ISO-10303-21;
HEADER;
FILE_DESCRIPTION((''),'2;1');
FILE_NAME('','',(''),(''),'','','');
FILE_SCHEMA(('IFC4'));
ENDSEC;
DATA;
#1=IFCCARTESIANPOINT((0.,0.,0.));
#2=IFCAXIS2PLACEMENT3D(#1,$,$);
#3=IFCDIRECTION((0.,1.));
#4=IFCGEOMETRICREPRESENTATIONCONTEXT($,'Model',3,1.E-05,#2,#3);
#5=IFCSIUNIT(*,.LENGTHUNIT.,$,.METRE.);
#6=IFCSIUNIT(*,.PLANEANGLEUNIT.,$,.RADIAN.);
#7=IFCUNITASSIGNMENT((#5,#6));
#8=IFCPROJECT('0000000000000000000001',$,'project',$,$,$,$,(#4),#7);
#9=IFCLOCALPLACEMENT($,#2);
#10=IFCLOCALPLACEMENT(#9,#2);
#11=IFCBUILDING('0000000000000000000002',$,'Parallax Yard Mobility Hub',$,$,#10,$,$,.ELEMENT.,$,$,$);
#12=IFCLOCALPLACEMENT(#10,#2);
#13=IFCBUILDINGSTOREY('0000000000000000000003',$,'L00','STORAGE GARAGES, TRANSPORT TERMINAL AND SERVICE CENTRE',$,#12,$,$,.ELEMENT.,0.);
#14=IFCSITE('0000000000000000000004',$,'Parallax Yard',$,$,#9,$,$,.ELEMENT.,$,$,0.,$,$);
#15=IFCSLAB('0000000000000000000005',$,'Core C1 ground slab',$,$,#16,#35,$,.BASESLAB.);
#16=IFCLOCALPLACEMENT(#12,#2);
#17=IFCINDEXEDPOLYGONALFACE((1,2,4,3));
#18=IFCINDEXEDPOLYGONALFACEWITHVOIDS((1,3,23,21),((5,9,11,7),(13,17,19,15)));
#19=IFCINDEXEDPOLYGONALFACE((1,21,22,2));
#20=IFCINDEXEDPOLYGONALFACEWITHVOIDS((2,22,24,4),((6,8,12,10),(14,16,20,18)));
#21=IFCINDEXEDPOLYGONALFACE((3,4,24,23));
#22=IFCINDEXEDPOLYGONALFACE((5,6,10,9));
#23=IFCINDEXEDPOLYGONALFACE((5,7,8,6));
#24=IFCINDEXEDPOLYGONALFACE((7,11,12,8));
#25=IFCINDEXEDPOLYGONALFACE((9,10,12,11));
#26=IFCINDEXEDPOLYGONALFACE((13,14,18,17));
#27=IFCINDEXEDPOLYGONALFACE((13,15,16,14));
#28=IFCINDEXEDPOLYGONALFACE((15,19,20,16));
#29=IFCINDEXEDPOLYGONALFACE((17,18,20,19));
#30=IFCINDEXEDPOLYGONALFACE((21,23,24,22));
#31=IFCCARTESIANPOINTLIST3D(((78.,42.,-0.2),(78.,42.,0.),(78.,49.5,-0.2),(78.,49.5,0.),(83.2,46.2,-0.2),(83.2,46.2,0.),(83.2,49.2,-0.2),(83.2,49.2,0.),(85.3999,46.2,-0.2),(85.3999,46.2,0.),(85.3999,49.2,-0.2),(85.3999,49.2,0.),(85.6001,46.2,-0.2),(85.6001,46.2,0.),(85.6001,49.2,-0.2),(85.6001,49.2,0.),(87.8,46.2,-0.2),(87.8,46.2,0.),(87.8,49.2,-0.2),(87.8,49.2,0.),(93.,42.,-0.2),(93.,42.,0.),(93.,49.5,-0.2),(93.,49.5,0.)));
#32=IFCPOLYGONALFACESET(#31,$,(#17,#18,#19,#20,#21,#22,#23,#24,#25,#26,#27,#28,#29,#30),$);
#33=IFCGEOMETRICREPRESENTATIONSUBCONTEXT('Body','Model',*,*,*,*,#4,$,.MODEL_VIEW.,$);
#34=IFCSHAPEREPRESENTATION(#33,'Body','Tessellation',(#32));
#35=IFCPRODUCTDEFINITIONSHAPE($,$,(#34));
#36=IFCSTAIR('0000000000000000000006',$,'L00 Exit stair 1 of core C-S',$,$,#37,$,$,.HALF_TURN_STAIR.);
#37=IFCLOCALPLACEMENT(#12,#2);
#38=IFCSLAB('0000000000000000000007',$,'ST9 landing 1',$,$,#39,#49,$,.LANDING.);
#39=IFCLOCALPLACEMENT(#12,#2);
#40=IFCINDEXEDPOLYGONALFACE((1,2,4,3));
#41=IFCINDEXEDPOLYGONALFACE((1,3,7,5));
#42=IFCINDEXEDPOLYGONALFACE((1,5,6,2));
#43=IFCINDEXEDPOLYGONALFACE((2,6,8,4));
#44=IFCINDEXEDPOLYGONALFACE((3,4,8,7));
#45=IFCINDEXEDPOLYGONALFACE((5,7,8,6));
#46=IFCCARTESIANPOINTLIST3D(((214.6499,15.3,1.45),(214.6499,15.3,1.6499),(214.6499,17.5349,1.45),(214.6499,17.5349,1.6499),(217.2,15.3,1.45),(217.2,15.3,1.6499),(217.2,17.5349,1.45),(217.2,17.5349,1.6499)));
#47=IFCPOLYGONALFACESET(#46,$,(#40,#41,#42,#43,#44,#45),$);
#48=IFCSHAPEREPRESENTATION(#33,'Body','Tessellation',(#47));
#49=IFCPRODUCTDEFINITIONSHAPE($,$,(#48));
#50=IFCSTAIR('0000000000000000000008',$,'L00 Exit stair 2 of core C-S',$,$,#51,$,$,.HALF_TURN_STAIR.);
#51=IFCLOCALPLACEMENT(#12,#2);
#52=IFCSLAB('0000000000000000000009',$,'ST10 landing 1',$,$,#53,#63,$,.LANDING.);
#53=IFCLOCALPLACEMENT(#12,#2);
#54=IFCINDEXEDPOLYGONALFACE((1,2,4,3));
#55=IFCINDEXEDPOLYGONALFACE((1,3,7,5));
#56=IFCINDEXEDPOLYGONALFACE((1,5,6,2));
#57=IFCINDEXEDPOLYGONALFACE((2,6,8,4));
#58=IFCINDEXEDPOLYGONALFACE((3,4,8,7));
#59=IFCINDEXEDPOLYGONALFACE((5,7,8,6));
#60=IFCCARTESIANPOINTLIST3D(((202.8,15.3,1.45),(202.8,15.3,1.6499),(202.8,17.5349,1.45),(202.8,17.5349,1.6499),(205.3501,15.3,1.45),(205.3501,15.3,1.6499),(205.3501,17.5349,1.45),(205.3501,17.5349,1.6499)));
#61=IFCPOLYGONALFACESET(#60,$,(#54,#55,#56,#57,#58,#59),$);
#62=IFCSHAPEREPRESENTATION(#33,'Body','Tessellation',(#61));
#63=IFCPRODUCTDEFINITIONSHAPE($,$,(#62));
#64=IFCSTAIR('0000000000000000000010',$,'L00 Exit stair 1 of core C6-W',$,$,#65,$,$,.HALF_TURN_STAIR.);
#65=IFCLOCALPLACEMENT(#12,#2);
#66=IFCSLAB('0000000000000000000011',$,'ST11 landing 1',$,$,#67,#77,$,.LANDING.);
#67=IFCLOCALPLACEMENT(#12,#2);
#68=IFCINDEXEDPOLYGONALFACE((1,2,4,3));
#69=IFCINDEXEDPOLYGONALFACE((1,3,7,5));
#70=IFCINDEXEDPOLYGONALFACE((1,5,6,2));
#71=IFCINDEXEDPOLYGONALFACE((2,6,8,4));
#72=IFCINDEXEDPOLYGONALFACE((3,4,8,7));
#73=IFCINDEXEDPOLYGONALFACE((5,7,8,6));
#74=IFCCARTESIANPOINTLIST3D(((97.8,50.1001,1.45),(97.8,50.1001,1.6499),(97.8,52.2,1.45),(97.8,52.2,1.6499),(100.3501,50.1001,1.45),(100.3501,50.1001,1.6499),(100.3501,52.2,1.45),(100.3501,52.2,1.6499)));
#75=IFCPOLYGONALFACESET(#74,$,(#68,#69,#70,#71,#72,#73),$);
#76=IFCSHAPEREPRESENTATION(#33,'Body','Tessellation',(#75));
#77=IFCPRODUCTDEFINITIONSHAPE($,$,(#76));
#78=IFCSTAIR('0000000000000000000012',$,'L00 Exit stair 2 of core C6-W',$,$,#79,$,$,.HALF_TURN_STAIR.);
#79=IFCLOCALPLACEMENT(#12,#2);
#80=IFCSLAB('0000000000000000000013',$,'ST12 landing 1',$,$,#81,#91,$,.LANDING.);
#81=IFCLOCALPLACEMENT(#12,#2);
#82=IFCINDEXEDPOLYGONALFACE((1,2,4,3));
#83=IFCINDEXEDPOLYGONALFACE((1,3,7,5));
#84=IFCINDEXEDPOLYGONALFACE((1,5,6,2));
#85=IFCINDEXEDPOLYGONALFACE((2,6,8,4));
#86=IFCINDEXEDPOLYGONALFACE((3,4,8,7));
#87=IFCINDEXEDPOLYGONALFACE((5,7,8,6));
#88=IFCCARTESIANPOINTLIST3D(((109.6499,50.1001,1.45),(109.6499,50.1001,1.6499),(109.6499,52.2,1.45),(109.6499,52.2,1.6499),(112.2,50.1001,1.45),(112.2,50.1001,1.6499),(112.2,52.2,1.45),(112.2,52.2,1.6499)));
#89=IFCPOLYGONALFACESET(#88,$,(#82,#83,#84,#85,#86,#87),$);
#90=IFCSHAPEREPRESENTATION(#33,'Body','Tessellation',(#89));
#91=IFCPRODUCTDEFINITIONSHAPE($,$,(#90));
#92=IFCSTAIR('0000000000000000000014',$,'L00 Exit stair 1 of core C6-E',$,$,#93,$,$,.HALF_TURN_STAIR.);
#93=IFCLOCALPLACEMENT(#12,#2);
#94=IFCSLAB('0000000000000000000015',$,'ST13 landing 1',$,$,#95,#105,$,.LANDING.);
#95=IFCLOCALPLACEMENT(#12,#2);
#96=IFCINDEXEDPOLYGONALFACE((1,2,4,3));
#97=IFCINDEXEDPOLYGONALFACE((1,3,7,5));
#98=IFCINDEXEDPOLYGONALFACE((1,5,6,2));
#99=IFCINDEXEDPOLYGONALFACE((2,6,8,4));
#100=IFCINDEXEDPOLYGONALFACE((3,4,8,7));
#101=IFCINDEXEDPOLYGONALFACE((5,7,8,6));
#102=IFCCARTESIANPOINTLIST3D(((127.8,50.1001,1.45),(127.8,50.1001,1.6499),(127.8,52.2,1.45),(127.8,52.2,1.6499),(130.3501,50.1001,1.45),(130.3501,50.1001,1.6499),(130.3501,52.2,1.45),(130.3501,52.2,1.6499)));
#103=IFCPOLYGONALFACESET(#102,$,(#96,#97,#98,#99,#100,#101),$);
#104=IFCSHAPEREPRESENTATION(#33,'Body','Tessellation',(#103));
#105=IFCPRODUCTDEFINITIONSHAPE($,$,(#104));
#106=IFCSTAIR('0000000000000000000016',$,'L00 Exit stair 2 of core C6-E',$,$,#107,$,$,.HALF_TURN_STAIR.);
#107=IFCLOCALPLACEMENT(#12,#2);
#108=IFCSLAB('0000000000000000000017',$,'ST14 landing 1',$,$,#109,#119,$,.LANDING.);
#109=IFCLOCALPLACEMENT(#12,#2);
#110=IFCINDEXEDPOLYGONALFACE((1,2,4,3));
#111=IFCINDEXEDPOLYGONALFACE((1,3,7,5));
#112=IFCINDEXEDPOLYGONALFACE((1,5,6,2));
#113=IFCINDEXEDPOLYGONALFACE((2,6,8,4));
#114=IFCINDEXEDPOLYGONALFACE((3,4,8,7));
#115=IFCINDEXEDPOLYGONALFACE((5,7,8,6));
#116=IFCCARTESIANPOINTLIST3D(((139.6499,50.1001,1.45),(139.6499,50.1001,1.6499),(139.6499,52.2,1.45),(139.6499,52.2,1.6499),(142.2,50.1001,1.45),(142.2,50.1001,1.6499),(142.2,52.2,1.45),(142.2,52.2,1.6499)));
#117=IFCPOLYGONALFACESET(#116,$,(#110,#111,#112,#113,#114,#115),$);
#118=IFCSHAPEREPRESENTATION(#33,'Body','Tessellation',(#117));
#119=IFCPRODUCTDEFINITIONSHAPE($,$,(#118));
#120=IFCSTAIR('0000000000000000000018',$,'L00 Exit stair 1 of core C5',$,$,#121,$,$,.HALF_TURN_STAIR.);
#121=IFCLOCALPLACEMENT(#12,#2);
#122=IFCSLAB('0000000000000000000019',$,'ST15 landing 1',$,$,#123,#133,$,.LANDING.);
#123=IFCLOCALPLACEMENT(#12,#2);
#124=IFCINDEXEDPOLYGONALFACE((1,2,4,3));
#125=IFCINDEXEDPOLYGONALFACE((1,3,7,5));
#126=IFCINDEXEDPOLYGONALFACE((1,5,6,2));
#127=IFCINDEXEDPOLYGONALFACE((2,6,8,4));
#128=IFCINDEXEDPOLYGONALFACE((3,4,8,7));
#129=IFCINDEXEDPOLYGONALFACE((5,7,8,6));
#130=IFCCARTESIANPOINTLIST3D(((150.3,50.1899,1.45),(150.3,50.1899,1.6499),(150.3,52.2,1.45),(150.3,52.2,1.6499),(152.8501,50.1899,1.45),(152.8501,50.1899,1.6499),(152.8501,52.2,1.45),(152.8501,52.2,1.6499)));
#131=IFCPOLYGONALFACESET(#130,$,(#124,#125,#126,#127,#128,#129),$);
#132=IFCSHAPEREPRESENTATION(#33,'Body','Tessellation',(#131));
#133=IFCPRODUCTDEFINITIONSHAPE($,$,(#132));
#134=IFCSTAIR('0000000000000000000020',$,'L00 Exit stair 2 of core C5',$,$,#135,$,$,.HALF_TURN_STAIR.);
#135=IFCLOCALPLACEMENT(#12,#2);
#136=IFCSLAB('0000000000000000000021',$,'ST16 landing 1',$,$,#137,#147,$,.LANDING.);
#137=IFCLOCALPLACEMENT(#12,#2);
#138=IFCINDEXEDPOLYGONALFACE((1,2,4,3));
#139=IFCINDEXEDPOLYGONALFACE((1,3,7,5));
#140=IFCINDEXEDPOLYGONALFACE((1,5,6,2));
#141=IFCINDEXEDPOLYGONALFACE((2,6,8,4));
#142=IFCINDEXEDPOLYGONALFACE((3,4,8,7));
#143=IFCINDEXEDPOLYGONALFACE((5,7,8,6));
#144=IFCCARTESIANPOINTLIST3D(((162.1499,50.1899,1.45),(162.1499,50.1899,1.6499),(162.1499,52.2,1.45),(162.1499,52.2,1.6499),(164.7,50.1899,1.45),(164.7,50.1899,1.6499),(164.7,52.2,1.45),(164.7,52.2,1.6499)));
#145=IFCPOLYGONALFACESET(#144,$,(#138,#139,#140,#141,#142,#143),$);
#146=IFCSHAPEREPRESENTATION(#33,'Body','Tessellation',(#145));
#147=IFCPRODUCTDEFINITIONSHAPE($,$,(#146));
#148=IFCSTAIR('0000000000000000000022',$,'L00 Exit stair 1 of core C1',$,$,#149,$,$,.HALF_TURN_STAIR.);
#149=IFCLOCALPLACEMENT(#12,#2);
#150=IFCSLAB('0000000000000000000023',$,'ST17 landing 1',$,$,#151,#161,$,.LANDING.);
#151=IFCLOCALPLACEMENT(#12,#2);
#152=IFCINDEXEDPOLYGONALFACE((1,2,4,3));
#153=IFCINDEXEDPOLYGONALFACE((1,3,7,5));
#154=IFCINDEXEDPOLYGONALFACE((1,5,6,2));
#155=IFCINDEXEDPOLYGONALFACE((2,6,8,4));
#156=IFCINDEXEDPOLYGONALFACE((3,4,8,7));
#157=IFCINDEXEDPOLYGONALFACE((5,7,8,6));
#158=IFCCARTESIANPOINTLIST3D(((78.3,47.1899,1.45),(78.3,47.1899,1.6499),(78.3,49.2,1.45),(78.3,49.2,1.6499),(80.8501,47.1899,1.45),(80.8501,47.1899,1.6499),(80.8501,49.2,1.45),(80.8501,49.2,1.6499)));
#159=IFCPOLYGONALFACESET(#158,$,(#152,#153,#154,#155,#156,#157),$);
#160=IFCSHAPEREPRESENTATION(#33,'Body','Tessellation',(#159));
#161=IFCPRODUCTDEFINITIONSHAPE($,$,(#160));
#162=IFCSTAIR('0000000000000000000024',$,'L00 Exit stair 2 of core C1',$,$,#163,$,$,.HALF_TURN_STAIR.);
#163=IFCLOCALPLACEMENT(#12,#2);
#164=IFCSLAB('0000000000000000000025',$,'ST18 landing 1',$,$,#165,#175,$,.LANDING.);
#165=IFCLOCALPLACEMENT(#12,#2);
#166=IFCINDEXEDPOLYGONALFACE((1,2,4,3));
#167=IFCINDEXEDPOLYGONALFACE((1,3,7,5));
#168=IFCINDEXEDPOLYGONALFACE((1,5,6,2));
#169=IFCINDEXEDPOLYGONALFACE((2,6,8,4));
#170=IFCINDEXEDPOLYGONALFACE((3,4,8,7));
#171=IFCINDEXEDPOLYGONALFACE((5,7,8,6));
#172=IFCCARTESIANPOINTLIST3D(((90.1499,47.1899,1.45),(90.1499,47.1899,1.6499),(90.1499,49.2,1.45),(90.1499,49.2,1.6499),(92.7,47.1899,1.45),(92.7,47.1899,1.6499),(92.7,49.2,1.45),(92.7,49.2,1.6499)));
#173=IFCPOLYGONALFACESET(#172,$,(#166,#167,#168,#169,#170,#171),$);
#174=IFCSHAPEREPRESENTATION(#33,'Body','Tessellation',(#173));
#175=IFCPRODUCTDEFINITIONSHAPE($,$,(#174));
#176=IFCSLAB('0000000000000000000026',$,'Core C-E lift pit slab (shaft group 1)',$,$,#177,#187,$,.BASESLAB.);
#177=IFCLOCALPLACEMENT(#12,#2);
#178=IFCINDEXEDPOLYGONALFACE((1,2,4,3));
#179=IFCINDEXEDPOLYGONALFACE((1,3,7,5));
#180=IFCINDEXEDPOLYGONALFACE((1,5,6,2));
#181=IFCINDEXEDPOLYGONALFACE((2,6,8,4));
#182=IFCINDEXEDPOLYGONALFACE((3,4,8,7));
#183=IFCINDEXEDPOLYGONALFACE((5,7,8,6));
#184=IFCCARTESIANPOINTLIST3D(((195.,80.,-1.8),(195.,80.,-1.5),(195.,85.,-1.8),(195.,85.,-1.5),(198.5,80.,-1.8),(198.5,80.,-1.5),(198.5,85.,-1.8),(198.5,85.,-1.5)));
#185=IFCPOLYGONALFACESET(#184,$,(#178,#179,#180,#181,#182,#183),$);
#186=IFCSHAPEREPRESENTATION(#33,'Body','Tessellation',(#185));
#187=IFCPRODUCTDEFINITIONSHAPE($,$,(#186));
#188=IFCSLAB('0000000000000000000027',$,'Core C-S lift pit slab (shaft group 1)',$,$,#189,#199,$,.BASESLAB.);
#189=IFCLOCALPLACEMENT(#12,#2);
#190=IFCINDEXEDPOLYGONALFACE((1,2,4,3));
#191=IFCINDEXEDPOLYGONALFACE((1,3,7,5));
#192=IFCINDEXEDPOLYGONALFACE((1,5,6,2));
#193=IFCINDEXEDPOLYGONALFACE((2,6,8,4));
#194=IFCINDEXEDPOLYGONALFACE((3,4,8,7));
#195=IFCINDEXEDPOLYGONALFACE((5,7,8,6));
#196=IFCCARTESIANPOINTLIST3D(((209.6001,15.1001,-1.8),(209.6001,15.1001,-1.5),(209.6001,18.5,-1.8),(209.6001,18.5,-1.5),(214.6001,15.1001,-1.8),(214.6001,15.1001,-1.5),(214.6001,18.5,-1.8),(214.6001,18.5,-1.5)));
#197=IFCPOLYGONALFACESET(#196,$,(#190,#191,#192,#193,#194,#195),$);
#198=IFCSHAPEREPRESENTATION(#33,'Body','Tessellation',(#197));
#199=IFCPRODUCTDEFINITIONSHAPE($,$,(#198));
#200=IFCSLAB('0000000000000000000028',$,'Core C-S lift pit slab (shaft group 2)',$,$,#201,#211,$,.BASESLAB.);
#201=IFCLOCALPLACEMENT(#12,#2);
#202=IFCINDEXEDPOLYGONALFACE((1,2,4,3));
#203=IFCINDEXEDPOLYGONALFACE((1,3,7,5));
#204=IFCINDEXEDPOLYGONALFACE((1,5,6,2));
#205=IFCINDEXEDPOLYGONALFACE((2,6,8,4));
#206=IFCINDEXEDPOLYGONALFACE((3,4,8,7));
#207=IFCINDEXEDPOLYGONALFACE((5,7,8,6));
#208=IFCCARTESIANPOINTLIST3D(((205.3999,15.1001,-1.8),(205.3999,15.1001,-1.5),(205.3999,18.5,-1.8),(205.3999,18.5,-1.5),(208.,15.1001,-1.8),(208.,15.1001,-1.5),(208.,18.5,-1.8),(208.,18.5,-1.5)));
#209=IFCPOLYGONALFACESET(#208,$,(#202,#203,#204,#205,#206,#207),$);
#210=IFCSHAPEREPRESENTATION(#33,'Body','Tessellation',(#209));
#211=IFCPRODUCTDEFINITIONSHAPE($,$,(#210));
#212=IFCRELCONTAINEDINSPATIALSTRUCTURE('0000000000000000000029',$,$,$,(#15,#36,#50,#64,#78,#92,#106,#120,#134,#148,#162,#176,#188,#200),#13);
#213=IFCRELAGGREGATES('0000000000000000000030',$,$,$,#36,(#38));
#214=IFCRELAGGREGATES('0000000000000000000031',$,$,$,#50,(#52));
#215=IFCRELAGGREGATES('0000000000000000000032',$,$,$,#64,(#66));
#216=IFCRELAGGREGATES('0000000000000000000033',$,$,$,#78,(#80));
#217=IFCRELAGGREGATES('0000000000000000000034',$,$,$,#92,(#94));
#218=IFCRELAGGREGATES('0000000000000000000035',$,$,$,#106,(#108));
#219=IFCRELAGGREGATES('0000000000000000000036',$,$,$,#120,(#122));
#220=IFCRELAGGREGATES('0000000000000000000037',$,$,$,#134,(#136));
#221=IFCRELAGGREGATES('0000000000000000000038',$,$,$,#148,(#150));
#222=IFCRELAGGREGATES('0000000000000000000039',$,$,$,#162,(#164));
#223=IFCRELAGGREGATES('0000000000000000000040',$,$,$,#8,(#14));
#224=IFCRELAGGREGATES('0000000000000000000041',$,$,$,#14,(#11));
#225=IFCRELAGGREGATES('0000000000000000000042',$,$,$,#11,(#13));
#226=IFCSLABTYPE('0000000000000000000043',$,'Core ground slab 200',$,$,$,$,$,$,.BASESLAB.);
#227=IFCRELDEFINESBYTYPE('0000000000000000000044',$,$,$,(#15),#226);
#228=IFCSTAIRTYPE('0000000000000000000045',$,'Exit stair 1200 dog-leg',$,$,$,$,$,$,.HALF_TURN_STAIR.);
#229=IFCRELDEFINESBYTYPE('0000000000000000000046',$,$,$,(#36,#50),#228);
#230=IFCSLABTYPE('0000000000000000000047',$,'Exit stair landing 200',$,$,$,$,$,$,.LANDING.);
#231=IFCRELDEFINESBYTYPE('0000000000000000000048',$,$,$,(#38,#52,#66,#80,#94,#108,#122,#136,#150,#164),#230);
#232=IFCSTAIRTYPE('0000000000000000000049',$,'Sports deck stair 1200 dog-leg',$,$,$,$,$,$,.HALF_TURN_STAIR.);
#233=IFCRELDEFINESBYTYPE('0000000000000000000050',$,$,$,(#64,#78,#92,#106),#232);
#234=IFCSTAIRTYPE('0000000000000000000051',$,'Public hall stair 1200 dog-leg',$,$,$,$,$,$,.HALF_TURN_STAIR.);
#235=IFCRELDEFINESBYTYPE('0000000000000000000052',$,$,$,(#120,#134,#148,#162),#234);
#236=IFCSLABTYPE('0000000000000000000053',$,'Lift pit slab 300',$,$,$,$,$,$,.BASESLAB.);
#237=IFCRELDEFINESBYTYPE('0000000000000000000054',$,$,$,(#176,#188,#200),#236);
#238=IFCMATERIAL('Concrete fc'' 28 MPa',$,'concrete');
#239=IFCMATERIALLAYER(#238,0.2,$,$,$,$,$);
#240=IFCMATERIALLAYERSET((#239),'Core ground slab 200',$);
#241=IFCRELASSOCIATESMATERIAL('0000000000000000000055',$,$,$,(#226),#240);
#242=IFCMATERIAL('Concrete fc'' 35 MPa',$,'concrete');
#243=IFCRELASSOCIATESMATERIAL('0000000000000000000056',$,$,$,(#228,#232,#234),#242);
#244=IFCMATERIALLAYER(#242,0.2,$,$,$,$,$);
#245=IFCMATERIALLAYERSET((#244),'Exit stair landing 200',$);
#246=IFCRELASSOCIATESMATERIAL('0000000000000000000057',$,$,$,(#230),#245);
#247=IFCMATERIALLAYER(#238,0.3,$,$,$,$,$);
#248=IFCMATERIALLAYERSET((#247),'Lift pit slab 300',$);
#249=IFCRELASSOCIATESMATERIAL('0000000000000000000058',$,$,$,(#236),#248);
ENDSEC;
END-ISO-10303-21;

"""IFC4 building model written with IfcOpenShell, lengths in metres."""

from ifc_helpers import new_model, si_unit, direction, frame, origin, place, context, subcontext, project, spatial, polyline, outline, extrude, material, layer, layer_set, type_object, element, aggregate, save


model = new_model("IFC4")

# Units and contexts
model_context = context("Model", 3, precision=1e-05, world=origin(), true_north=direction((0.0, 1.0)))
body_context = subcontext(model_context, "Body", "Model", "MODEL_VIEW")
ifc_project = project(units=[si_unit("LENGTHUNIT", "METRE"), si_unit("PLANEANGLEUNIT", "RADIAN")], contexts=[model_context])

# Site, building, storey
site_placement = place(None, origin())
site = spatial("IfcSite", under=ifc_project, at=site_placement, Name="Parallax Yard", CompositionType="ELEMENT", RefElevation=0.0)
building_placement = place(site_placement, origin())
building = spatial("IfcBuilding", under=site, at=building_placement, Name="Parallax Yard Mobility Hub", CompositionType="ELEMENT")
storey_placement = place(building_placement, origin())
storey = spatial("IfcBuildingStorey", under=building, at=storey_placement, Name="L00", Description="STORAGE GARAGES, TRANSPORT TERMINAL AND SERVICE CENTRE", CompositionType="ELEMENT", Elevation=0.0)

# Shared definitions
ifc_material_1 = material(Name="Concrete fc' 28 MPa", Category="concrete")

# Slab
ifc_layer_1 = layer(ifc_material_1, 0.2)
ifc_layer_set_1 = layer_set([ifc_layer_1], Name="Core ground slab 200")
slab_type_1 = type_object("IfcSlabType", Name="Core ground slab 200", PredefinedType="BASESLAB", material=ifc_layer_set_1)
slab_1_placement = place(storey_placement, frame((0.0, 0.0, -0.2)))
element("IfcSlab", 1, at=slab_1_placement, inside=storey, type_object=slab_type_1, Name="Core C1 ground slab", PredefinedType="BASESLAB", context=body_context, shape_type="SweptSolid", body=[
    extrude(outline(polyline([(78.0, 49.5), (93.0, 49.5), (93.0, 42.0), (78.0, 42.0), (78.0, 49.5)]), holes=[polyline([(83.2, 49.2), (83.2, 46.2), (85.3999, 46.2), (85.3999, 49.2), (83.2, 49.2)]), polyline([(87.8, 49.2), (85.6001, 49.2), (85.6001, 46.2), (87.8, 46.2), (87.8, 49.2)])]), origin(), (0.0, 0.0, 1.0), 0.2),
])

# Stairs, slabs
ifc_material_2 = material(Name="Concrete fc' 35 MPa", Category="concrete")
stair_type_1 = type_object("IfcStairType", Name="Exit stair 1200 dog-leg", PredefinedType="HALF_TURN_STAIR", material=ifc_material_2)
stair_1_placement = place(storey_placement, origin())
stair_1 = element("IfcStair", 2, at=stair_1_placement, inside=storey, type_object=stair_type_1, Name="L00 Exit stair 1 of core C-S", PredefinedType="HALF_TURN_STAIR")
ifc_layer_2 = layer(ifc_material_2, 0.2)
ifc_layer_set_2 = layer_set([ifc_layer_2], Name="Exit stair landing 200")
slab_type_2 = type_object("IfcSlabType", Name="Exit stair landing 200", PredefinedType="LANDING", material=ifc_layer_set_2)
slab_2_placement = place(storey_placement, frame((0.0, 0.0, 1.45)))
slab_2 = element("IfcSlab", 3, at=slab_2_placement, type_object=slab_type_2, Name="ST9 landing 1", PredefinedType="LANDING", context=body_context, shape_type="SweptSolid", body=[
    extrude(outline(polyline([(214.6499, 17.5349), (214.6499, 15.3), (217.2, 15.3), (217.2, 17.5349), (214.6499, 17.5349)])), origin(), (0.0, 0.0, 1.0), 0.2),
])
aggregate(stair_1, [slab_2])
stair_2_placement = place(storey_placement, origin())
stair_2 = element("IfcStair", 4, at=stair_2_placement, inside=storey, type_object=stair_type_1, Name="L00 Exit stair 2 of core C-S", PredefinedType="HALF_TURN_STAIR")
slab_3_placement = place(storey_placement, frame((0.0, 0.0, 1.45)))
slab_3 = element("IfcSlab", 5, at=slab_3_placement, type_object=slab_type_2, Name="ST10 landing 1", PredefinedType="LANDING", context=body_context, shape_type="SweptSolid", body=[
    extrude(outline(polyline([(202.8, 17.5349), (202.8, 15.3), (205.3501, 15.3), (205.3501, 17.5349), (202.8, 17.5349)])), origin(), (0.0, 0.0, 1.0), 0.2),
])
aggregate(stair_2, [slab_3])
stair_type_2 = type_object("IfcStairType", Name="Sports deck stair 1200 dog-leg", PredefinedType="HALF_TURN_STAIR", material=ifc_material_2)
stair_3_placement = place(storey_placement, origin())
stair_3 = element("IfcStair", 6, at=stair_3_placement, inside=storey, type_object=stair_type_2, Name="L00 Exit stair 1 of core C6-W", PredefinedType="HALF_TURN_STAIR")
slab_4_placement = place(storey_placement, frame((0.0, 0.0, 1.45)))
slab_4 = element("IfcSlab", 7, at=slab_4_placement, type_object=slab_type_2, Name="ST11 landing 1", PredefinedType="LANDING", context=body_context, shape_type="SweptSolid", body=[
    extrude(outline(polyline([(100.3501, 50.1001), (100.3501, 52.2), (97.8, 52.2), (97.8, 50.1001), (100.3501, 50.1001)])), origin(), (0.0, 0.0, 1.0), 0.2),
])
aggregate(stair_3, [slab_4])
stair_4_placement = place(storey_placement, origin())
stair_4 = element("IfcStair", 8, at=stair_4_placement, inside=storey, type_object=stair_type_2, Name="L00 Exit stair 2 of core C6-W", PredefinedType="HALF_TURN_STAIR")
slab_5_placement = place(storey_placement, frame((0.0, 0.0, 1.45)))
slab_5 = element("IfcSlab", 9, at=slab_5_placement, type_object=slab_type_2, Name="ST12 landing 1", PredefinedType="LANDING", context=body_context, shape_type="SweptSolid", body=[
    extrude(outline(polyline([(112.2, 50.1001), (112.2, 52.2), (109.6499, 52.2), (109.6499, 50.1001), (112.2, 50.1001)])), origin(), (0.0, 0.0, 1.0), 0.2),
])
aggregate(stair_4, [slab_5])
stair_5_placement = place(storey_placement, origin())
stair_5 = element("IfcStair", 10, at=stair_5_placement, inside=storey, type_object=stair_type_2, Name="L00 Exit stair 1 of core C6-E", PredefinedType="HALF_TURN_STAIR")
slab_6_placement = place(storey_placement, frame((0.0, 0.0, 1.45)))
slab_6 = element("IfcSlab", 11, at=slab_6_placement, type_object=slab_type_2, Name="ST13 landing 1", PredefinedType="LANDING", context=body_context, shape_type="SweptSolid", body=[
    extrude(outline(polyline([(130.3501, 50.1001), (130.3501, 52.2), (127.8, 52.2), (127.8, 50.1001), (130.3501, 50.1001)])), origin(), (0.0, 0.0, 1.0), 0.2),
])
aggregate(stair_5, [slab_6])
stair_6_placement = place(storey_placement, origin())
stair_6 = element("IfcStair", 12, at=stair_6_placement, inside=storey, type_object=stair_type_2, Name="L00 Exit stair 2 of core C6-E", PredefinedType="HALF_TURN_STAIR")
slab_7_placement = place(storey_placement, frame((0.0, 0.0, 1.45)))
slab_7 = element("IfcSlab", 13, at=slab_7_placement, type_object=slab_type_2, Name="ST14 landing 1", PredefinedType="LANDING", context=body_context, shape_type="SweptSolid", body=[
    extrude(outline(polyline([(142.2, 50.1001), (142.2, 52.2), (139.6499, 52.2), (139.6499, 50.1001), (142.2, 50.1001)])), origin(), (0.0, 0.0, 1.0), 0.2),
])
aggregate(stair_6, [slab_7])
stair_type_3 = type_object("IfcStairType", Name="Public hall stair 1200 dog-leg", PredefinedType="HALF_TURN_STAIR", material=ifc_material_2)
stair_7_placement = place(storey_placement, origin())
stair_7 = element("IfcStair", 14, at=stair_7_placement, inside=storey, type_object=stair_type_3, Name="L00 Exit stair 1 of core C5", PredefinedType="HALF_TURN_STAIR")
slab_8_placement = place(storey_placement, frame((0.0, 0.0, 1.45)))
slab_8 = element("IfcSlab", 15, at=slab_8_placement, type_object=slab_type_2, Name="ST15 landing 1", PredefinedType="LANDING", context=body_context, shape_type="SweptSolid", body=[
    extrude(outline(polyline([(152.8501, 50.1899), (152.8501, 52.2), (150.3, 52.2), (150.3, 50.1899), (152.8501, 50.1899)])), origin(), (0.0, 0.0, 1.0), 0.2),
])
aggregate(stair_7, [slab_8])
stair_8_placement = place(storey_placement, origin())
stair_8 = element("IfcStair", 16, at=stair_8_placement, inside=storey, type_object=stair_type_3, Name="L00 Exit stair 2 of core C5", PredefinedType="HALF_TURN_STAIR")
slab_9_placement = place(storey_placement, frame((0.0, 0.0, 1.45)))
slab_9 = element("IfcSlab", 17, at=slab_9_placement, type_object=slab_type_2, Name="ST16 landing 1", PredefinedType="LANDING", context=body_context, shape_type="SweptSolid", body=[
    extrude(outline(polyline([(164.7, 50.1899), (164.7, 52.2), (162.1499, 52.2), (162.1499, 50.1899), (164.7, 50.1899)])), origin(), (0.0, 0.0, 1.0), 0.2),
])
aggregate(stair_8, [slab_9])
stair_9_placement = place(storey_placement, origin())
stair_9 = element("IfcStair", 18, at=stair_9_placement, inside=storey, type_object=stair_type_3, Name="L00 Exit stair 1 of core C1", PredefinedType="HALF_TURN_STAIR")
slab_10_placement = place(storey_placement, frame((0.0, 0.0, 1.45)))
slab_10 = element("IfcSlab", 19, at=slab_10_placement, type_object=slab_type_2, Name="ST17 landing 1", PredefinedType="LANDING", context=body_context, shape_type="SweptSolid", body=[
    extrude(outline(polyline([(80.8501, 47.1899), (80.8501, 49.2), (78.3, 49.2), (78.3, 47.1899), (80.8501, 47.1899)])), origin(), (0.0, 0.0, 1.0), 0.2),
])
aggregate(stair_9, [slab_10])
stair_10_placement = place(storey_placement, origin())
stair_10 = element("IfcStair", 20, at=stair_10_placement, inside=storey, type_object=stair_type_3, Name="L00 Exit stair 2 of core C1", PredefinedType="HALF_TURN_STAIR")
slab_11_placement = place(storey_placement, frame((0.0, 0.0, 1.45)))
slab_11 = element("IfcSlab", 21, at=slab_11_placement, type_object=slab_type_2, Name="ST18 landing 1", PredefinedType="LANDING", context=body_context, shape_type="SweptSolid", body=[
    extrude(outline(polyline([(92.7, 47.1899), (92.7, 49.2), (90.1499, 49.2), (90.1499, 47.1899), (92.7, 47.1899)])), origin(), (0.0, 0.0, 1.0), 0.2),
])
aggregate(stair_10, [slab_11])

# Slabs
ifc_layer_3 = layer(ifc_material_1, 0.3)
ifc_layer_set_3 = layer_set([ifc_layer_3], Name="Lift pit slab 300")
slab_type_3 = type_object("IfcSlabType", Name="Lift pit slab 300", PredefinedType="BASESLAB", material=ifc_layer_set_3)
slab_12_placement = place(storey_placement, frame((0.0, 0.0, -1.8)))
element("IfcSlab", 22, at=slab_12_placement, inside=storey, type_object=slab_type_3, Name="Core C-E lift pit slab (shaft group 1)", PredefinedType="BASESLAB", context=body_context, shape_type="SweptSolid", body=[
    extrude(outline(polyline([(198.5, 80.0), (198.5, 85.0), (195.0, 85.0), (195.0, 80.0), (198.5, 80.0)])), origin(), (0.0, 0.0, 1.0), 0.3),
])
slab_13_placement = place(storey_placement, frame((0.0, 0.0, -1.8)))
element("IfcSlab", 23, at=slab_13_placement, inside=storey, type_object=slab_type_3, Name="Core C-S lift pit slab (shaft group 1)", PredefinedType="BASESLAB", context=body_context, shape_type="SweptSolid", body=[
    extrude(outline(polyline([(214.6001, 18.5), (209.6001, 18.5), (209.6001, 15.1001), (214.6001, 15.1001), (214.6001, 18.5)])), origin(), (0.0, 0.0, 1.0), 0.3),
])
slab_14_placement = place(storey_placement, frame((0.0, 0.0, -1.8)))
element("IfcSlab", 24, at=slab_14_placement, inside=storey, type_object=slab_type_3, Name="Core C-S lift pit slab (shaft group 2)", PredefinedType="BASESLAB", context=body_context, shape_type="SweptSolid", body=[
    extrude(outline(polyline([(208.0, 18.5), (205.3999, 18.5), (205.3999, 15.1001), (208.0, 15.1001), (208.0, 18.5)])), origin(), (0.0, 0.0, 1.0), 0.3),
])

save(model, "model.ifc")
